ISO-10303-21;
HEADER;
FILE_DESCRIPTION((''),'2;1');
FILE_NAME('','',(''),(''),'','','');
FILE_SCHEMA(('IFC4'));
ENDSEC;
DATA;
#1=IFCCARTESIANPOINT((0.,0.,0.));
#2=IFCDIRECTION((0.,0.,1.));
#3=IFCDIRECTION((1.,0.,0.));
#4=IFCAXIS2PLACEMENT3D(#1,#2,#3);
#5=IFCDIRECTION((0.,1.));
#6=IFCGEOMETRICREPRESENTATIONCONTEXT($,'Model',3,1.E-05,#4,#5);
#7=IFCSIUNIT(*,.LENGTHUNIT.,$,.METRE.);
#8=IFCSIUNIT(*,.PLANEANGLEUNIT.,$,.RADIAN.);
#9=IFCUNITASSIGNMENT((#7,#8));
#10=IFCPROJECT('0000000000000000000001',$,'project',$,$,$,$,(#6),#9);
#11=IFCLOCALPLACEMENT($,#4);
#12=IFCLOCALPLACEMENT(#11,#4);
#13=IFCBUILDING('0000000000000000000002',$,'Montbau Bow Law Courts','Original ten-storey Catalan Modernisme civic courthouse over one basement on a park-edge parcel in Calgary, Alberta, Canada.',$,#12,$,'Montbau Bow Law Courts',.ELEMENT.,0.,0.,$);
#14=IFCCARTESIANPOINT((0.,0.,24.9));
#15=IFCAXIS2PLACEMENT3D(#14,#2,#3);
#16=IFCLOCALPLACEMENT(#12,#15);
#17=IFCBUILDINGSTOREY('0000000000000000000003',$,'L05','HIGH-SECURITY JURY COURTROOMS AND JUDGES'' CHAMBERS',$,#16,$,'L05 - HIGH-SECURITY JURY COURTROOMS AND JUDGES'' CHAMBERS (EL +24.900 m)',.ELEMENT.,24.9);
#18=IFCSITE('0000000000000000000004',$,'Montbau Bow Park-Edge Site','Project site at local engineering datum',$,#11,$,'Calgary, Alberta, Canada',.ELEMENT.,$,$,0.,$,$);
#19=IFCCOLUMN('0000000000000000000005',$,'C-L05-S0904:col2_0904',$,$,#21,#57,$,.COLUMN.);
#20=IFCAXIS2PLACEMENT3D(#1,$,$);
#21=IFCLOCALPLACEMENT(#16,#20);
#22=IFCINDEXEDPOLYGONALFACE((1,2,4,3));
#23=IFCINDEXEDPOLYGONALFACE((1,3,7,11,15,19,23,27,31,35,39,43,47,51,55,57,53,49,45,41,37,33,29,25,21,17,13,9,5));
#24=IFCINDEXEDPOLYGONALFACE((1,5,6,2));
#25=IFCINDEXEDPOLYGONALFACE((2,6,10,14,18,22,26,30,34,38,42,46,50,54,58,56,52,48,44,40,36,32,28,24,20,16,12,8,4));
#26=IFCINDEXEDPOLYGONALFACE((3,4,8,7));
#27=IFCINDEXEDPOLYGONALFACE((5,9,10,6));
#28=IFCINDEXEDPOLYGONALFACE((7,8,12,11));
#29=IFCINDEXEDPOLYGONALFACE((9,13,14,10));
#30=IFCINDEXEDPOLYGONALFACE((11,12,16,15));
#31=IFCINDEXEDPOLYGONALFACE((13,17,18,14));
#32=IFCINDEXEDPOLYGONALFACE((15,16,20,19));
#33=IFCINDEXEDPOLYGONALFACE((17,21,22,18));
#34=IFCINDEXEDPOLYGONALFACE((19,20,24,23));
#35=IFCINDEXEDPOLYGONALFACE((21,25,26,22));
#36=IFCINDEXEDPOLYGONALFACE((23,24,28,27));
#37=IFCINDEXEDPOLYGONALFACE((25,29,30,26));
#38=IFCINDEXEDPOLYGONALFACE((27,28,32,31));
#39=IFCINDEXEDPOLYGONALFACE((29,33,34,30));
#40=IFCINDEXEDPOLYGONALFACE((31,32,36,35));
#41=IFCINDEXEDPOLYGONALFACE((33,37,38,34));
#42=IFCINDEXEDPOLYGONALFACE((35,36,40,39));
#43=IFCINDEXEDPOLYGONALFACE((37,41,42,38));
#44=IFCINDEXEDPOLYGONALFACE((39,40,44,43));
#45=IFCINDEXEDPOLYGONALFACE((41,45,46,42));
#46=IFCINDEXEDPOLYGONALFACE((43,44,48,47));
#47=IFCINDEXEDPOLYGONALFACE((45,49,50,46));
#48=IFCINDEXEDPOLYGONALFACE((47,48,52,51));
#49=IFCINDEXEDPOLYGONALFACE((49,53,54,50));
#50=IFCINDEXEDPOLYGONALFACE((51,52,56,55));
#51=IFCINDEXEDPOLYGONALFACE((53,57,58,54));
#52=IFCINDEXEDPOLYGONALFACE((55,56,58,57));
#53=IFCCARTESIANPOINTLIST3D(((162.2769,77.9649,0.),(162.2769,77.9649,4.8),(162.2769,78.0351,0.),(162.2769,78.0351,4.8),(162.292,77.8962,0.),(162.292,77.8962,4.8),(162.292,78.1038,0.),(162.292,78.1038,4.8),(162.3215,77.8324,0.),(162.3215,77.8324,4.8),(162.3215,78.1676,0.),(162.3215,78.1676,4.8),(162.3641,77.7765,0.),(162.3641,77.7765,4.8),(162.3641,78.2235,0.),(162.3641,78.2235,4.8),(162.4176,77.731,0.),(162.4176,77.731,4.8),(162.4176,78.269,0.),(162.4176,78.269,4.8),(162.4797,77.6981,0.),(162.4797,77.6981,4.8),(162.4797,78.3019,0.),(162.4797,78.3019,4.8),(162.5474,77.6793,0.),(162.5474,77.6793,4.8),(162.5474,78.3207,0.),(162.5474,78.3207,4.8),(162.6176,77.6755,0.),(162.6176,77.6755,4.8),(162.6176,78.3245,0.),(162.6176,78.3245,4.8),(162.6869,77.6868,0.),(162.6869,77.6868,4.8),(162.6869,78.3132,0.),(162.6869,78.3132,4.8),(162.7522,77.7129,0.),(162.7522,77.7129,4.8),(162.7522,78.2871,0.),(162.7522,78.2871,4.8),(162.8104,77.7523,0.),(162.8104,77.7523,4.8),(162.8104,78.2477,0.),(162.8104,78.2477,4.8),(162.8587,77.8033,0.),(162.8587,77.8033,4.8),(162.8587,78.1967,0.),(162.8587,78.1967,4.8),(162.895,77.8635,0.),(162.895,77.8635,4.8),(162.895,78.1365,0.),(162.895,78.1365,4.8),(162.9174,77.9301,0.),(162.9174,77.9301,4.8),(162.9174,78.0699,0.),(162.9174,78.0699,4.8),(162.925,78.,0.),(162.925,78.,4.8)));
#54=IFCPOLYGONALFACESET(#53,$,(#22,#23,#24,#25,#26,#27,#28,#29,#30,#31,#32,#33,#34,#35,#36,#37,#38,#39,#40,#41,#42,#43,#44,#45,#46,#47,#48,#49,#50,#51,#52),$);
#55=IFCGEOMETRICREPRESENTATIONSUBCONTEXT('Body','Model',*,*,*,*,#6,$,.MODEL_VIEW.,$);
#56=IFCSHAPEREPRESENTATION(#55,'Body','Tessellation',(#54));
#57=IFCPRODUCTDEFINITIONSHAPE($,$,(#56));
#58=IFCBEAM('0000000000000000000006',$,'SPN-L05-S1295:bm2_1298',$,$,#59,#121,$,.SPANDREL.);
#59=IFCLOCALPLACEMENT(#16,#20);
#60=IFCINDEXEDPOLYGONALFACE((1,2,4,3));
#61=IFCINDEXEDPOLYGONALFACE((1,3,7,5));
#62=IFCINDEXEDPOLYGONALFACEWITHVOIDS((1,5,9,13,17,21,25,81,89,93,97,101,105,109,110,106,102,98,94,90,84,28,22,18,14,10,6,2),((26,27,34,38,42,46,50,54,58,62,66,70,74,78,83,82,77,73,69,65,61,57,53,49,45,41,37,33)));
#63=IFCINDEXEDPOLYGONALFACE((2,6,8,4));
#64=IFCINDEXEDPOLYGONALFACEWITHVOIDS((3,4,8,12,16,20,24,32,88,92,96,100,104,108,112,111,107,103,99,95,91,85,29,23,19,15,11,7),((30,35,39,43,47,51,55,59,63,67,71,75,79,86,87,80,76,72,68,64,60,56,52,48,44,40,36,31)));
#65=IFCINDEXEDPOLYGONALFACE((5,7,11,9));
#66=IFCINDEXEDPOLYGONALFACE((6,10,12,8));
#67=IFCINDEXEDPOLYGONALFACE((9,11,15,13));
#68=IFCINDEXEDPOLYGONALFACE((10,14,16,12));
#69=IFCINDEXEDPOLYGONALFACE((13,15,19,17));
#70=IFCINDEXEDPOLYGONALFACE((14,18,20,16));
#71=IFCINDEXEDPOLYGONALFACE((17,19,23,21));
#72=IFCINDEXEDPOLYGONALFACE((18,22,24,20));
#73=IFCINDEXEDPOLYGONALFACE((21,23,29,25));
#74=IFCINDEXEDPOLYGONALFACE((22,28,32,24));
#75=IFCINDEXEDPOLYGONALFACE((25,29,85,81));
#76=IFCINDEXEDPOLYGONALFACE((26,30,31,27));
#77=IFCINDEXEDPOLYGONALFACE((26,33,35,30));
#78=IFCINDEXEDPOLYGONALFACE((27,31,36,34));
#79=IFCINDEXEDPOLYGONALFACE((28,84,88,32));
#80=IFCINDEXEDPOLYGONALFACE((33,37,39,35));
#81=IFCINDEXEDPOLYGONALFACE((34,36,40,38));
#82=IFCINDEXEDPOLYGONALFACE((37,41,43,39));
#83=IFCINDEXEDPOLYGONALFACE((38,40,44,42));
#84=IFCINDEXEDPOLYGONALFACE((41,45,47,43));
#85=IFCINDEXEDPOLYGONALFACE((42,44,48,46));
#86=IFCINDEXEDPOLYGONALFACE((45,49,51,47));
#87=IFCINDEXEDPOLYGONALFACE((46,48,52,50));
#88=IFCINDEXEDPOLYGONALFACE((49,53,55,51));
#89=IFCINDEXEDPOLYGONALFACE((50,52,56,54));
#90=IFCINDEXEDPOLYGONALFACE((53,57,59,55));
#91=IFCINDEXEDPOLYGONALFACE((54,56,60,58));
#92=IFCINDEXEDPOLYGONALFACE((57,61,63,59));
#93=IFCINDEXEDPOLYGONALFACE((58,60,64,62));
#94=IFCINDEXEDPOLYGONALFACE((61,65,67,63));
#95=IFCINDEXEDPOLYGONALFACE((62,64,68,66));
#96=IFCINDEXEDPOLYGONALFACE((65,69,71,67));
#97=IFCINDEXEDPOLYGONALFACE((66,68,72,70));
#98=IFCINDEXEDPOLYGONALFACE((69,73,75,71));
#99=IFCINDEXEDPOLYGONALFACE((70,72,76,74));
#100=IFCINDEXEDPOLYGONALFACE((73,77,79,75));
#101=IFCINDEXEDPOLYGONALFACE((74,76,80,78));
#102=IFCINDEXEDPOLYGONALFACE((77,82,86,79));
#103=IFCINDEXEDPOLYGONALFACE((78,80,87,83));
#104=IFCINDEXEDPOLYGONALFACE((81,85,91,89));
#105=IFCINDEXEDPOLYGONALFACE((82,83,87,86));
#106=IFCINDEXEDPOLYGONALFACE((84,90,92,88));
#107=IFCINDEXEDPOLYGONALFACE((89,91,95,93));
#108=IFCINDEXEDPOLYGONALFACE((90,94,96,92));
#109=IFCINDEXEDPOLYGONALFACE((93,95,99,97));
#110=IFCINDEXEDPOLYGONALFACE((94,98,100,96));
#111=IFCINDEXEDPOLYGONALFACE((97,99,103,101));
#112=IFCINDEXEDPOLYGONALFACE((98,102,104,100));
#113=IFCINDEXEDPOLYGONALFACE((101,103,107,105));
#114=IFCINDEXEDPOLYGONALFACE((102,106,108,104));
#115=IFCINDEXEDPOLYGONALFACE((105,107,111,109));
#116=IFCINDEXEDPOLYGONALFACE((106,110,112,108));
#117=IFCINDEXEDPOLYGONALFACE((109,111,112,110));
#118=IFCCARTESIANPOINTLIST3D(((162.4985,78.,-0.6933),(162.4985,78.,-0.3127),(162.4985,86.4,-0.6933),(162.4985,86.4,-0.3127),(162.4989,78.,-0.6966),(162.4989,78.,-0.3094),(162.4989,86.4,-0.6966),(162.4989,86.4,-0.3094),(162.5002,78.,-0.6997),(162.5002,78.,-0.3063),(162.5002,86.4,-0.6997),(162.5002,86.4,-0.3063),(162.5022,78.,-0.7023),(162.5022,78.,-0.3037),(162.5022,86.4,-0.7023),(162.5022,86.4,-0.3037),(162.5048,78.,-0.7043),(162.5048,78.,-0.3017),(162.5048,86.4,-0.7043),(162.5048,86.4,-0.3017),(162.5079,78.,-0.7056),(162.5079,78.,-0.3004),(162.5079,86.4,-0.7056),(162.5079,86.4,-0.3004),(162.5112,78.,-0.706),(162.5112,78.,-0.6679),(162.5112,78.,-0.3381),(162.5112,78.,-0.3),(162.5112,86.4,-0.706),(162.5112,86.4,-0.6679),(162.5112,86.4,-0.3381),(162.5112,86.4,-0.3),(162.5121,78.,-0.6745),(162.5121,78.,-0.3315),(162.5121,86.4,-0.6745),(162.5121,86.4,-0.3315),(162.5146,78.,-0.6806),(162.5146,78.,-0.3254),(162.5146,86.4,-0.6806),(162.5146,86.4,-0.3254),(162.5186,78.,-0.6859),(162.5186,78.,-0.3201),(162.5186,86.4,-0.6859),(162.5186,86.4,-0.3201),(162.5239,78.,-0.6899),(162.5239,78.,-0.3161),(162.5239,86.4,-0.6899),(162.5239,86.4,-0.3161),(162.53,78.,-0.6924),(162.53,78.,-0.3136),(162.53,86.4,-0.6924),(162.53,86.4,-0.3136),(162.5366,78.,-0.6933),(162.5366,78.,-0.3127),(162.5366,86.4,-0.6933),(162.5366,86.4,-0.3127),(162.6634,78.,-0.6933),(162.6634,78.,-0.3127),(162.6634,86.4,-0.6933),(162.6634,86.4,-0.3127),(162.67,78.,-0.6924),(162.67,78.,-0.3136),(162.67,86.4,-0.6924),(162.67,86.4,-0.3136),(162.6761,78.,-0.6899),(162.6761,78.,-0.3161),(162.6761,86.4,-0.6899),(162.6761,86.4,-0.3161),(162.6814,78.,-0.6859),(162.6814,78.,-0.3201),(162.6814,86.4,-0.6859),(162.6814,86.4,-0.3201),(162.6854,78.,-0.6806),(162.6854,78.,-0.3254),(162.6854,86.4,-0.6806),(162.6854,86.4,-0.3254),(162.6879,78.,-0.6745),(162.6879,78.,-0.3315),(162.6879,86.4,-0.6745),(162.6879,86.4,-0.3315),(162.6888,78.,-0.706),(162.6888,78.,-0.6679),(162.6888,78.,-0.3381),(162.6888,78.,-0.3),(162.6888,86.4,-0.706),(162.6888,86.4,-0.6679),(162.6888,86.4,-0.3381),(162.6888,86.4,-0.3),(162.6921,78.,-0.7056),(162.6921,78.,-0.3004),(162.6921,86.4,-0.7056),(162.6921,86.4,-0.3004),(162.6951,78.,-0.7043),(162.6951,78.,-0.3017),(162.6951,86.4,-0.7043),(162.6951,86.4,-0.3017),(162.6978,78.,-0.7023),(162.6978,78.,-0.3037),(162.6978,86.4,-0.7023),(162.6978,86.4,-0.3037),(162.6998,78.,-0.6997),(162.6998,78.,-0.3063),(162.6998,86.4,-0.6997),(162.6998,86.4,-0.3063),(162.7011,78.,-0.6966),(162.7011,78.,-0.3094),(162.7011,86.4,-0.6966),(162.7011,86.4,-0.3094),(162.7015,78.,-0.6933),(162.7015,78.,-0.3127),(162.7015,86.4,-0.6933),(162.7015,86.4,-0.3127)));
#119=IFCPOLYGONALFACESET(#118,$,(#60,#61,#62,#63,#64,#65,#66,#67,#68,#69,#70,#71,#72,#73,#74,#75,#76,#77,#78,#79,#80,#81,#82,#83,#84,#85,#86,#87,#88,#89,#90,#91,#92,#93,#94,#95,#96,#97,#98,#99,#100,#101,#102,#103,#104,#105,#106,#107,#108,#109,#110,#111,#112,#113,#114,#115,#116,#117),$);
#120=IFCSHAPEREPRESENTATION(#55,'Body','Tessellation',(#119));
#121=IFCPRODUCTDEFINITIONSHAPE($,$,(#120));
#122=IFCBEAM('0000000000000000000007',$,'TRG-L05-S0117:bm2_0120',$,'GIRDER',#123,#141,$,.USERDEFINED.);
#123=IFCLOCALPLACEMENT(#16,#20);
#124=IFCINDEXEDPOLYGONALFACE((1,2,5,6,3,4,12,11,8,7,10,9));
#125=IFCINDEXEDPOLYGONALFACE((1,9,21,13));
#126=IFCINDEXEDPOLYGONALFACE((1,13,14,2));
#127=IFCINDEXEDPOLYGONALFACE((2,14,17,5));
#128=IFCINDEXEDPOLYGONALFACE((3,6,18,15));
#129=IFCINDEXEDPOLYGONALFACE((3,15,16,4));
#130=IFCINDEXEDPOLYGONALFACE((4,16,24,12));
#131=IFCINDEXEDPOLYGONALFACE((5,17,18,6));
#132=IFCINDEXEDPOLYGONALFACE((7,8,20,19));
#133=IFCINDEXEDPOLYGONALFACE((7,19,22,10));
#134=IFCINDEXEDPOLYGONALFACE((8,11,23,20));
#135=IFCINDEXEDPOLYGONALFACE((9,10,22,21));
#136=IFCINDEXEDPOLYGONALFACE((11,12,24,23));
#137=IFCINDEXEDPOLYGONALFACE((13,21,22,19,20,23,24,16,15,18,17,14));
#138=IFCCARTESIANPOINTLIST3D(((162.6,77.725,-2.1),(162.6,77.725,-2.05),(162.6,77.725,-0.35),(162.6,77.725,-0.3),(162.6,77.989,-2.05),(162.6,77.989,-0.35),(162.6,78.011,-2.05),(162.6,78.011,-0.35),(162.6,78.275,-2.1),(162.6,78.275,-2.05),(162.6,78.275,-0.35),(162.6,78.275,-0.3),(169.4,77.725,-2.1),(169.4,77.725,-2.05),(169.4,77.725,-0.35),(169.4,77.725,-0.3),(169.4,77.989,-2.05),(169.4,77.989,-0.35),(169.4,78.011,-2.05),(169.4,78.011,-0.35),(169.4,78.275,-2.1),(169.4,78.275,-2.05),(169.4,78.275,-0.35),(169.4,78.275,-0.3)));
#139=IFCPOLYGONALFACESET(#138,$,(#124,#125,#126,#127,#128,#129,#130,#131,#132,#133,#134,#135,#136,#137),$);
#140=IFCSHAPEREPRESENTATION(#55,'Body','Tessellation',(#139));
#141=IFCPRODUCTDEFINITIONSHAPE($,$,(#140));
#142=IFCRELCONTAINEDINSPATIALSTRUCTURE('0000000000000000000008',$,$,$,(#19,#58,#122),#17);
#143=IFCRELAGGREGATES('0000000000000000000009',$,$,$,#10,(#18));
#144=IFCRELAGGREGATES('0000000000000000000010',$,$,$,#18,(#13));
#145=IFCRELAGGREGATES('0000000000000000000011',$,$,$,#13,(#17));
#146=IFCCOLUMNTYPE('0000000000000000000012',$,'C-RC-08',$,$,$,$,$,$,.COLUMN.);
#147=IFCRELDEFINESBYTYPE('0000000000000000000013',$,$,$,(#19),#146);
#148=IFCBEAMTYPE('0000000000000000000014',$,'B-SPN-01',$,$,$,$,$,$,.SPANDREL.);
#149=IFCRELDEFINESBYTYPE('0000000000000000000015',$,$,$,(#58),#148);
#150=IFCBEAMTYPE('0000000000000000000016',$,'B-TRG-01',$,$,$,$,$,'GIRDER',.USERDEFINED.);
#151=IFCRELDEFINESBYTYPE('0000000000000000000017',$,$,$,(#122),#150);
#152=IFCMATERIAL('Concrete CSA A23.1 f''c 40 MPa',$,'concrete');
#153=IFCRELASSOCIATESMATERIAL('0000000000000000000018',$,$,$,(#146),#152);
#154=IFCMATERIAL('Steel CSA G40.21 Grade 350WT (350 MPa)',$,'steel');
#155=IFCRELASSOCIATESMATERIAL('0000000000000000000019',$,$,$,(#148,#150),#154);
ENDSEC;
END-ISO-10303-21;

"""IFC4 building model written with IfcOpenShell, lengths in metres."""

from ifc_helpers import new_model, si_unit, direction, frame, origin_with_axes, origin_2d_with_axis, place, context, subcontext, project, spatial, hollow_rectangle, circle, i_section, extrude, material, material_profile, profile_set, type_object, element, save


model = new_model("IFC4")

# Units and contexts
model_context = context("Model", 3, precision=1e-05, world=origin_with_axes(), true_north=direction((0.0, 1.0)))
body_context = subcontext(model_context, "Body", "Model", "MODEL_VIEW")
ifc_project = project(units=[si_unit("LENGTHUNIT", "METRE"), si_unit("PLANEANGLEUNIT", "RADIAN")], contexts=[model_context])

# Site, building, storey
site_placement = place(None, origin_with_axes())
site = spatial("IfcSite", under=ifc_project, at=site_placement, Name="Montbau Bow Park-Edge Site", Description="Project site at local engineering datum", LongName="Calgary, Alberta, Canada", CompositionType="ELEMENT", RefElevation=0.0)
building_placement = place(site_placement, origin_with_axes())
building = spatial("IfcBuilding", under=site, at=building_placement, Name="Montbau Bow Law Courts", Description="Original ten-storey Catalan Modernisme civic courthouse over one basement on a park-edge parcel in Calgary, Alberta, Canada.", LongName="Montbau Bow Law Courts", CompositionType="ELEMENT", ElevationOfRefHeight=0.0, ElevationOfTerrain=0.0)
storey_placement = place(building_placement, frame((0.0, 0.0, 24.9), z_axis=(0.0, 0.0, 1.0), x_axis=(1.0, 0.0, 0.0)))
storey = spatial("IfcBuildingStorey", under=building, at=storey_placement, Name="L05", Description="HIGH-SECURITY JURY COURTROOMS AND JUDGES' CHAMBERS", LongName="L05 - HIGH-SECURITY JURY COURTROOMS AND JUDGES' CHAMBERS (EL +24.900 m)", CompositionType="ELEMENT", Elevation=24.9)

# Column
ifc_material_1 = material(Name="Concrete CSA A23.1 f'c 40 MPa", Category="concrete")
ifc_material_profile_1 = material_profile(ifc_material_1, circle(Radius=0.325, at=origin_2d_with_axis()), Name="RC650D", Category="Main", Priority=0)
ifc_profile_set_1 = profile_set([ifc_material_profile_1], Name="Concrete CSA A23.1 f'c 40 MPa")
column_type = type_object("IfcColumnType", Name="C-RC-08", PredefinedType="COLUMN", material=ifc_profile_set_1)
column_placement = place(None, frame((162.6, 78.0, 24.9), z_axis=(0.0, 0.0, 1.0), x_axis=(1.0, 0.0, 0.0)))
element("IfcColumn", 1, at=column_placement, inside=storey, type_object=column_type, Name="C-L05-S0904:col2_0904", PredefinedType="COLUMN", context=body_context, shape_type="SweptSolid", body=[
    extrude(circle(Radius=0.325, at=origin_2d_with_axis()), origin_with_axes(), (0.0, 0.0, 1.0), 4.8),
])

# Beams
ifc_material_2 = material(Name="Steel CSA G40.21 Grade 350WT (350 MPa)", Category="steel")
ifc_material_profile_2 = material_profile(ifc_material_2, hollow_rectangle(XDim=0.203, YDim=0.406, WallThickness=0.0127, InnerFilletRadius=0.0254, OuterFilletRadius=0.0127, at=origin_2d_with_axis()), Name="HSS406X203X13", Category="Main", Priority=0)
ifc_profile_set_2 = profile_set([ifc_material_profile_2], Name="Steel CSA G40.21 Grade 350WT (350 MPa)")
beam_type_1 = type_object("IfcBeamType", Name="B-SPN-01", PredefinedType="SPANDREL", material=ifc_profile_set_2)
beam_1_placement = place(None, frame((162.6, 78.0, 24.397), z_axis=(0.0, 1.0, 0.0), x_axis=(-1.0, 0.0, 0.0)))
element("IfcBeam", 2, at=beam_1_placement, inside=storey, type_object=beam_type_1, Name="SPN-L05-S1295:bm2_1298", PredefinedType="SPANDREL", context=body_context, shape_type="SweptSolid", body=[
    extrude(hollow_rectangle(XDim=0.203, YDim=0.406, WallThickness=0.0127, InnerFilletRadius=0.0254, OuterFilletRadius=0.0127, at=origin_2d_with_axis()), origin_with_axes(), (0.0, 0.0, 1.0), 8.4),
])
ifc_material_profile_3 = material_profile(ifc_material_2, i_section(OverallWidth=0.55, OverallDepth=1.8, WebThickness=0.022, FlangeThickness=0.05, at=origin_2d_with_axis()), Name="WWF1800X550", Category="Main", Priority=0)
ifc_profile_set_3 = profile_set([ifc_material_profile_3], Name="Steel CSA G40.21 Grade 350WT (350 MPa)")
beam_type_2 = type_object("IfcBeamType", Name="B-TRG-01", ElementType="GIRDER", PredefinedType="USERDEFINED", material=ifc_profile_set_3)
beam_2_placement = place(None, frame((162.6, 78.0, 23.7), z_axis=(1.0, 0.0, 0.0), x_axis=(0.0, 1.0, 0.0)))
element("IfcBeam", 3, at=beam_2_placement, inside=storey, type_object=beam_type_2, Name="TRG-L05-S0117:bm2_0120", ObjectType="GIRDER", PredefinedType="USERDEFINED", context=body_context, shape_type="SweptSolid", body=[
    extrude(i_section(OverallWidth=0.55, OverallDepth=1.8, WebThickness=0.022, FlangeThickness=0.05, at=origin_2d_with_axis()), origin_with_axes(), (0.0, 0.0, 1.0), 6.8),
])

save(model, "model.ifc")
